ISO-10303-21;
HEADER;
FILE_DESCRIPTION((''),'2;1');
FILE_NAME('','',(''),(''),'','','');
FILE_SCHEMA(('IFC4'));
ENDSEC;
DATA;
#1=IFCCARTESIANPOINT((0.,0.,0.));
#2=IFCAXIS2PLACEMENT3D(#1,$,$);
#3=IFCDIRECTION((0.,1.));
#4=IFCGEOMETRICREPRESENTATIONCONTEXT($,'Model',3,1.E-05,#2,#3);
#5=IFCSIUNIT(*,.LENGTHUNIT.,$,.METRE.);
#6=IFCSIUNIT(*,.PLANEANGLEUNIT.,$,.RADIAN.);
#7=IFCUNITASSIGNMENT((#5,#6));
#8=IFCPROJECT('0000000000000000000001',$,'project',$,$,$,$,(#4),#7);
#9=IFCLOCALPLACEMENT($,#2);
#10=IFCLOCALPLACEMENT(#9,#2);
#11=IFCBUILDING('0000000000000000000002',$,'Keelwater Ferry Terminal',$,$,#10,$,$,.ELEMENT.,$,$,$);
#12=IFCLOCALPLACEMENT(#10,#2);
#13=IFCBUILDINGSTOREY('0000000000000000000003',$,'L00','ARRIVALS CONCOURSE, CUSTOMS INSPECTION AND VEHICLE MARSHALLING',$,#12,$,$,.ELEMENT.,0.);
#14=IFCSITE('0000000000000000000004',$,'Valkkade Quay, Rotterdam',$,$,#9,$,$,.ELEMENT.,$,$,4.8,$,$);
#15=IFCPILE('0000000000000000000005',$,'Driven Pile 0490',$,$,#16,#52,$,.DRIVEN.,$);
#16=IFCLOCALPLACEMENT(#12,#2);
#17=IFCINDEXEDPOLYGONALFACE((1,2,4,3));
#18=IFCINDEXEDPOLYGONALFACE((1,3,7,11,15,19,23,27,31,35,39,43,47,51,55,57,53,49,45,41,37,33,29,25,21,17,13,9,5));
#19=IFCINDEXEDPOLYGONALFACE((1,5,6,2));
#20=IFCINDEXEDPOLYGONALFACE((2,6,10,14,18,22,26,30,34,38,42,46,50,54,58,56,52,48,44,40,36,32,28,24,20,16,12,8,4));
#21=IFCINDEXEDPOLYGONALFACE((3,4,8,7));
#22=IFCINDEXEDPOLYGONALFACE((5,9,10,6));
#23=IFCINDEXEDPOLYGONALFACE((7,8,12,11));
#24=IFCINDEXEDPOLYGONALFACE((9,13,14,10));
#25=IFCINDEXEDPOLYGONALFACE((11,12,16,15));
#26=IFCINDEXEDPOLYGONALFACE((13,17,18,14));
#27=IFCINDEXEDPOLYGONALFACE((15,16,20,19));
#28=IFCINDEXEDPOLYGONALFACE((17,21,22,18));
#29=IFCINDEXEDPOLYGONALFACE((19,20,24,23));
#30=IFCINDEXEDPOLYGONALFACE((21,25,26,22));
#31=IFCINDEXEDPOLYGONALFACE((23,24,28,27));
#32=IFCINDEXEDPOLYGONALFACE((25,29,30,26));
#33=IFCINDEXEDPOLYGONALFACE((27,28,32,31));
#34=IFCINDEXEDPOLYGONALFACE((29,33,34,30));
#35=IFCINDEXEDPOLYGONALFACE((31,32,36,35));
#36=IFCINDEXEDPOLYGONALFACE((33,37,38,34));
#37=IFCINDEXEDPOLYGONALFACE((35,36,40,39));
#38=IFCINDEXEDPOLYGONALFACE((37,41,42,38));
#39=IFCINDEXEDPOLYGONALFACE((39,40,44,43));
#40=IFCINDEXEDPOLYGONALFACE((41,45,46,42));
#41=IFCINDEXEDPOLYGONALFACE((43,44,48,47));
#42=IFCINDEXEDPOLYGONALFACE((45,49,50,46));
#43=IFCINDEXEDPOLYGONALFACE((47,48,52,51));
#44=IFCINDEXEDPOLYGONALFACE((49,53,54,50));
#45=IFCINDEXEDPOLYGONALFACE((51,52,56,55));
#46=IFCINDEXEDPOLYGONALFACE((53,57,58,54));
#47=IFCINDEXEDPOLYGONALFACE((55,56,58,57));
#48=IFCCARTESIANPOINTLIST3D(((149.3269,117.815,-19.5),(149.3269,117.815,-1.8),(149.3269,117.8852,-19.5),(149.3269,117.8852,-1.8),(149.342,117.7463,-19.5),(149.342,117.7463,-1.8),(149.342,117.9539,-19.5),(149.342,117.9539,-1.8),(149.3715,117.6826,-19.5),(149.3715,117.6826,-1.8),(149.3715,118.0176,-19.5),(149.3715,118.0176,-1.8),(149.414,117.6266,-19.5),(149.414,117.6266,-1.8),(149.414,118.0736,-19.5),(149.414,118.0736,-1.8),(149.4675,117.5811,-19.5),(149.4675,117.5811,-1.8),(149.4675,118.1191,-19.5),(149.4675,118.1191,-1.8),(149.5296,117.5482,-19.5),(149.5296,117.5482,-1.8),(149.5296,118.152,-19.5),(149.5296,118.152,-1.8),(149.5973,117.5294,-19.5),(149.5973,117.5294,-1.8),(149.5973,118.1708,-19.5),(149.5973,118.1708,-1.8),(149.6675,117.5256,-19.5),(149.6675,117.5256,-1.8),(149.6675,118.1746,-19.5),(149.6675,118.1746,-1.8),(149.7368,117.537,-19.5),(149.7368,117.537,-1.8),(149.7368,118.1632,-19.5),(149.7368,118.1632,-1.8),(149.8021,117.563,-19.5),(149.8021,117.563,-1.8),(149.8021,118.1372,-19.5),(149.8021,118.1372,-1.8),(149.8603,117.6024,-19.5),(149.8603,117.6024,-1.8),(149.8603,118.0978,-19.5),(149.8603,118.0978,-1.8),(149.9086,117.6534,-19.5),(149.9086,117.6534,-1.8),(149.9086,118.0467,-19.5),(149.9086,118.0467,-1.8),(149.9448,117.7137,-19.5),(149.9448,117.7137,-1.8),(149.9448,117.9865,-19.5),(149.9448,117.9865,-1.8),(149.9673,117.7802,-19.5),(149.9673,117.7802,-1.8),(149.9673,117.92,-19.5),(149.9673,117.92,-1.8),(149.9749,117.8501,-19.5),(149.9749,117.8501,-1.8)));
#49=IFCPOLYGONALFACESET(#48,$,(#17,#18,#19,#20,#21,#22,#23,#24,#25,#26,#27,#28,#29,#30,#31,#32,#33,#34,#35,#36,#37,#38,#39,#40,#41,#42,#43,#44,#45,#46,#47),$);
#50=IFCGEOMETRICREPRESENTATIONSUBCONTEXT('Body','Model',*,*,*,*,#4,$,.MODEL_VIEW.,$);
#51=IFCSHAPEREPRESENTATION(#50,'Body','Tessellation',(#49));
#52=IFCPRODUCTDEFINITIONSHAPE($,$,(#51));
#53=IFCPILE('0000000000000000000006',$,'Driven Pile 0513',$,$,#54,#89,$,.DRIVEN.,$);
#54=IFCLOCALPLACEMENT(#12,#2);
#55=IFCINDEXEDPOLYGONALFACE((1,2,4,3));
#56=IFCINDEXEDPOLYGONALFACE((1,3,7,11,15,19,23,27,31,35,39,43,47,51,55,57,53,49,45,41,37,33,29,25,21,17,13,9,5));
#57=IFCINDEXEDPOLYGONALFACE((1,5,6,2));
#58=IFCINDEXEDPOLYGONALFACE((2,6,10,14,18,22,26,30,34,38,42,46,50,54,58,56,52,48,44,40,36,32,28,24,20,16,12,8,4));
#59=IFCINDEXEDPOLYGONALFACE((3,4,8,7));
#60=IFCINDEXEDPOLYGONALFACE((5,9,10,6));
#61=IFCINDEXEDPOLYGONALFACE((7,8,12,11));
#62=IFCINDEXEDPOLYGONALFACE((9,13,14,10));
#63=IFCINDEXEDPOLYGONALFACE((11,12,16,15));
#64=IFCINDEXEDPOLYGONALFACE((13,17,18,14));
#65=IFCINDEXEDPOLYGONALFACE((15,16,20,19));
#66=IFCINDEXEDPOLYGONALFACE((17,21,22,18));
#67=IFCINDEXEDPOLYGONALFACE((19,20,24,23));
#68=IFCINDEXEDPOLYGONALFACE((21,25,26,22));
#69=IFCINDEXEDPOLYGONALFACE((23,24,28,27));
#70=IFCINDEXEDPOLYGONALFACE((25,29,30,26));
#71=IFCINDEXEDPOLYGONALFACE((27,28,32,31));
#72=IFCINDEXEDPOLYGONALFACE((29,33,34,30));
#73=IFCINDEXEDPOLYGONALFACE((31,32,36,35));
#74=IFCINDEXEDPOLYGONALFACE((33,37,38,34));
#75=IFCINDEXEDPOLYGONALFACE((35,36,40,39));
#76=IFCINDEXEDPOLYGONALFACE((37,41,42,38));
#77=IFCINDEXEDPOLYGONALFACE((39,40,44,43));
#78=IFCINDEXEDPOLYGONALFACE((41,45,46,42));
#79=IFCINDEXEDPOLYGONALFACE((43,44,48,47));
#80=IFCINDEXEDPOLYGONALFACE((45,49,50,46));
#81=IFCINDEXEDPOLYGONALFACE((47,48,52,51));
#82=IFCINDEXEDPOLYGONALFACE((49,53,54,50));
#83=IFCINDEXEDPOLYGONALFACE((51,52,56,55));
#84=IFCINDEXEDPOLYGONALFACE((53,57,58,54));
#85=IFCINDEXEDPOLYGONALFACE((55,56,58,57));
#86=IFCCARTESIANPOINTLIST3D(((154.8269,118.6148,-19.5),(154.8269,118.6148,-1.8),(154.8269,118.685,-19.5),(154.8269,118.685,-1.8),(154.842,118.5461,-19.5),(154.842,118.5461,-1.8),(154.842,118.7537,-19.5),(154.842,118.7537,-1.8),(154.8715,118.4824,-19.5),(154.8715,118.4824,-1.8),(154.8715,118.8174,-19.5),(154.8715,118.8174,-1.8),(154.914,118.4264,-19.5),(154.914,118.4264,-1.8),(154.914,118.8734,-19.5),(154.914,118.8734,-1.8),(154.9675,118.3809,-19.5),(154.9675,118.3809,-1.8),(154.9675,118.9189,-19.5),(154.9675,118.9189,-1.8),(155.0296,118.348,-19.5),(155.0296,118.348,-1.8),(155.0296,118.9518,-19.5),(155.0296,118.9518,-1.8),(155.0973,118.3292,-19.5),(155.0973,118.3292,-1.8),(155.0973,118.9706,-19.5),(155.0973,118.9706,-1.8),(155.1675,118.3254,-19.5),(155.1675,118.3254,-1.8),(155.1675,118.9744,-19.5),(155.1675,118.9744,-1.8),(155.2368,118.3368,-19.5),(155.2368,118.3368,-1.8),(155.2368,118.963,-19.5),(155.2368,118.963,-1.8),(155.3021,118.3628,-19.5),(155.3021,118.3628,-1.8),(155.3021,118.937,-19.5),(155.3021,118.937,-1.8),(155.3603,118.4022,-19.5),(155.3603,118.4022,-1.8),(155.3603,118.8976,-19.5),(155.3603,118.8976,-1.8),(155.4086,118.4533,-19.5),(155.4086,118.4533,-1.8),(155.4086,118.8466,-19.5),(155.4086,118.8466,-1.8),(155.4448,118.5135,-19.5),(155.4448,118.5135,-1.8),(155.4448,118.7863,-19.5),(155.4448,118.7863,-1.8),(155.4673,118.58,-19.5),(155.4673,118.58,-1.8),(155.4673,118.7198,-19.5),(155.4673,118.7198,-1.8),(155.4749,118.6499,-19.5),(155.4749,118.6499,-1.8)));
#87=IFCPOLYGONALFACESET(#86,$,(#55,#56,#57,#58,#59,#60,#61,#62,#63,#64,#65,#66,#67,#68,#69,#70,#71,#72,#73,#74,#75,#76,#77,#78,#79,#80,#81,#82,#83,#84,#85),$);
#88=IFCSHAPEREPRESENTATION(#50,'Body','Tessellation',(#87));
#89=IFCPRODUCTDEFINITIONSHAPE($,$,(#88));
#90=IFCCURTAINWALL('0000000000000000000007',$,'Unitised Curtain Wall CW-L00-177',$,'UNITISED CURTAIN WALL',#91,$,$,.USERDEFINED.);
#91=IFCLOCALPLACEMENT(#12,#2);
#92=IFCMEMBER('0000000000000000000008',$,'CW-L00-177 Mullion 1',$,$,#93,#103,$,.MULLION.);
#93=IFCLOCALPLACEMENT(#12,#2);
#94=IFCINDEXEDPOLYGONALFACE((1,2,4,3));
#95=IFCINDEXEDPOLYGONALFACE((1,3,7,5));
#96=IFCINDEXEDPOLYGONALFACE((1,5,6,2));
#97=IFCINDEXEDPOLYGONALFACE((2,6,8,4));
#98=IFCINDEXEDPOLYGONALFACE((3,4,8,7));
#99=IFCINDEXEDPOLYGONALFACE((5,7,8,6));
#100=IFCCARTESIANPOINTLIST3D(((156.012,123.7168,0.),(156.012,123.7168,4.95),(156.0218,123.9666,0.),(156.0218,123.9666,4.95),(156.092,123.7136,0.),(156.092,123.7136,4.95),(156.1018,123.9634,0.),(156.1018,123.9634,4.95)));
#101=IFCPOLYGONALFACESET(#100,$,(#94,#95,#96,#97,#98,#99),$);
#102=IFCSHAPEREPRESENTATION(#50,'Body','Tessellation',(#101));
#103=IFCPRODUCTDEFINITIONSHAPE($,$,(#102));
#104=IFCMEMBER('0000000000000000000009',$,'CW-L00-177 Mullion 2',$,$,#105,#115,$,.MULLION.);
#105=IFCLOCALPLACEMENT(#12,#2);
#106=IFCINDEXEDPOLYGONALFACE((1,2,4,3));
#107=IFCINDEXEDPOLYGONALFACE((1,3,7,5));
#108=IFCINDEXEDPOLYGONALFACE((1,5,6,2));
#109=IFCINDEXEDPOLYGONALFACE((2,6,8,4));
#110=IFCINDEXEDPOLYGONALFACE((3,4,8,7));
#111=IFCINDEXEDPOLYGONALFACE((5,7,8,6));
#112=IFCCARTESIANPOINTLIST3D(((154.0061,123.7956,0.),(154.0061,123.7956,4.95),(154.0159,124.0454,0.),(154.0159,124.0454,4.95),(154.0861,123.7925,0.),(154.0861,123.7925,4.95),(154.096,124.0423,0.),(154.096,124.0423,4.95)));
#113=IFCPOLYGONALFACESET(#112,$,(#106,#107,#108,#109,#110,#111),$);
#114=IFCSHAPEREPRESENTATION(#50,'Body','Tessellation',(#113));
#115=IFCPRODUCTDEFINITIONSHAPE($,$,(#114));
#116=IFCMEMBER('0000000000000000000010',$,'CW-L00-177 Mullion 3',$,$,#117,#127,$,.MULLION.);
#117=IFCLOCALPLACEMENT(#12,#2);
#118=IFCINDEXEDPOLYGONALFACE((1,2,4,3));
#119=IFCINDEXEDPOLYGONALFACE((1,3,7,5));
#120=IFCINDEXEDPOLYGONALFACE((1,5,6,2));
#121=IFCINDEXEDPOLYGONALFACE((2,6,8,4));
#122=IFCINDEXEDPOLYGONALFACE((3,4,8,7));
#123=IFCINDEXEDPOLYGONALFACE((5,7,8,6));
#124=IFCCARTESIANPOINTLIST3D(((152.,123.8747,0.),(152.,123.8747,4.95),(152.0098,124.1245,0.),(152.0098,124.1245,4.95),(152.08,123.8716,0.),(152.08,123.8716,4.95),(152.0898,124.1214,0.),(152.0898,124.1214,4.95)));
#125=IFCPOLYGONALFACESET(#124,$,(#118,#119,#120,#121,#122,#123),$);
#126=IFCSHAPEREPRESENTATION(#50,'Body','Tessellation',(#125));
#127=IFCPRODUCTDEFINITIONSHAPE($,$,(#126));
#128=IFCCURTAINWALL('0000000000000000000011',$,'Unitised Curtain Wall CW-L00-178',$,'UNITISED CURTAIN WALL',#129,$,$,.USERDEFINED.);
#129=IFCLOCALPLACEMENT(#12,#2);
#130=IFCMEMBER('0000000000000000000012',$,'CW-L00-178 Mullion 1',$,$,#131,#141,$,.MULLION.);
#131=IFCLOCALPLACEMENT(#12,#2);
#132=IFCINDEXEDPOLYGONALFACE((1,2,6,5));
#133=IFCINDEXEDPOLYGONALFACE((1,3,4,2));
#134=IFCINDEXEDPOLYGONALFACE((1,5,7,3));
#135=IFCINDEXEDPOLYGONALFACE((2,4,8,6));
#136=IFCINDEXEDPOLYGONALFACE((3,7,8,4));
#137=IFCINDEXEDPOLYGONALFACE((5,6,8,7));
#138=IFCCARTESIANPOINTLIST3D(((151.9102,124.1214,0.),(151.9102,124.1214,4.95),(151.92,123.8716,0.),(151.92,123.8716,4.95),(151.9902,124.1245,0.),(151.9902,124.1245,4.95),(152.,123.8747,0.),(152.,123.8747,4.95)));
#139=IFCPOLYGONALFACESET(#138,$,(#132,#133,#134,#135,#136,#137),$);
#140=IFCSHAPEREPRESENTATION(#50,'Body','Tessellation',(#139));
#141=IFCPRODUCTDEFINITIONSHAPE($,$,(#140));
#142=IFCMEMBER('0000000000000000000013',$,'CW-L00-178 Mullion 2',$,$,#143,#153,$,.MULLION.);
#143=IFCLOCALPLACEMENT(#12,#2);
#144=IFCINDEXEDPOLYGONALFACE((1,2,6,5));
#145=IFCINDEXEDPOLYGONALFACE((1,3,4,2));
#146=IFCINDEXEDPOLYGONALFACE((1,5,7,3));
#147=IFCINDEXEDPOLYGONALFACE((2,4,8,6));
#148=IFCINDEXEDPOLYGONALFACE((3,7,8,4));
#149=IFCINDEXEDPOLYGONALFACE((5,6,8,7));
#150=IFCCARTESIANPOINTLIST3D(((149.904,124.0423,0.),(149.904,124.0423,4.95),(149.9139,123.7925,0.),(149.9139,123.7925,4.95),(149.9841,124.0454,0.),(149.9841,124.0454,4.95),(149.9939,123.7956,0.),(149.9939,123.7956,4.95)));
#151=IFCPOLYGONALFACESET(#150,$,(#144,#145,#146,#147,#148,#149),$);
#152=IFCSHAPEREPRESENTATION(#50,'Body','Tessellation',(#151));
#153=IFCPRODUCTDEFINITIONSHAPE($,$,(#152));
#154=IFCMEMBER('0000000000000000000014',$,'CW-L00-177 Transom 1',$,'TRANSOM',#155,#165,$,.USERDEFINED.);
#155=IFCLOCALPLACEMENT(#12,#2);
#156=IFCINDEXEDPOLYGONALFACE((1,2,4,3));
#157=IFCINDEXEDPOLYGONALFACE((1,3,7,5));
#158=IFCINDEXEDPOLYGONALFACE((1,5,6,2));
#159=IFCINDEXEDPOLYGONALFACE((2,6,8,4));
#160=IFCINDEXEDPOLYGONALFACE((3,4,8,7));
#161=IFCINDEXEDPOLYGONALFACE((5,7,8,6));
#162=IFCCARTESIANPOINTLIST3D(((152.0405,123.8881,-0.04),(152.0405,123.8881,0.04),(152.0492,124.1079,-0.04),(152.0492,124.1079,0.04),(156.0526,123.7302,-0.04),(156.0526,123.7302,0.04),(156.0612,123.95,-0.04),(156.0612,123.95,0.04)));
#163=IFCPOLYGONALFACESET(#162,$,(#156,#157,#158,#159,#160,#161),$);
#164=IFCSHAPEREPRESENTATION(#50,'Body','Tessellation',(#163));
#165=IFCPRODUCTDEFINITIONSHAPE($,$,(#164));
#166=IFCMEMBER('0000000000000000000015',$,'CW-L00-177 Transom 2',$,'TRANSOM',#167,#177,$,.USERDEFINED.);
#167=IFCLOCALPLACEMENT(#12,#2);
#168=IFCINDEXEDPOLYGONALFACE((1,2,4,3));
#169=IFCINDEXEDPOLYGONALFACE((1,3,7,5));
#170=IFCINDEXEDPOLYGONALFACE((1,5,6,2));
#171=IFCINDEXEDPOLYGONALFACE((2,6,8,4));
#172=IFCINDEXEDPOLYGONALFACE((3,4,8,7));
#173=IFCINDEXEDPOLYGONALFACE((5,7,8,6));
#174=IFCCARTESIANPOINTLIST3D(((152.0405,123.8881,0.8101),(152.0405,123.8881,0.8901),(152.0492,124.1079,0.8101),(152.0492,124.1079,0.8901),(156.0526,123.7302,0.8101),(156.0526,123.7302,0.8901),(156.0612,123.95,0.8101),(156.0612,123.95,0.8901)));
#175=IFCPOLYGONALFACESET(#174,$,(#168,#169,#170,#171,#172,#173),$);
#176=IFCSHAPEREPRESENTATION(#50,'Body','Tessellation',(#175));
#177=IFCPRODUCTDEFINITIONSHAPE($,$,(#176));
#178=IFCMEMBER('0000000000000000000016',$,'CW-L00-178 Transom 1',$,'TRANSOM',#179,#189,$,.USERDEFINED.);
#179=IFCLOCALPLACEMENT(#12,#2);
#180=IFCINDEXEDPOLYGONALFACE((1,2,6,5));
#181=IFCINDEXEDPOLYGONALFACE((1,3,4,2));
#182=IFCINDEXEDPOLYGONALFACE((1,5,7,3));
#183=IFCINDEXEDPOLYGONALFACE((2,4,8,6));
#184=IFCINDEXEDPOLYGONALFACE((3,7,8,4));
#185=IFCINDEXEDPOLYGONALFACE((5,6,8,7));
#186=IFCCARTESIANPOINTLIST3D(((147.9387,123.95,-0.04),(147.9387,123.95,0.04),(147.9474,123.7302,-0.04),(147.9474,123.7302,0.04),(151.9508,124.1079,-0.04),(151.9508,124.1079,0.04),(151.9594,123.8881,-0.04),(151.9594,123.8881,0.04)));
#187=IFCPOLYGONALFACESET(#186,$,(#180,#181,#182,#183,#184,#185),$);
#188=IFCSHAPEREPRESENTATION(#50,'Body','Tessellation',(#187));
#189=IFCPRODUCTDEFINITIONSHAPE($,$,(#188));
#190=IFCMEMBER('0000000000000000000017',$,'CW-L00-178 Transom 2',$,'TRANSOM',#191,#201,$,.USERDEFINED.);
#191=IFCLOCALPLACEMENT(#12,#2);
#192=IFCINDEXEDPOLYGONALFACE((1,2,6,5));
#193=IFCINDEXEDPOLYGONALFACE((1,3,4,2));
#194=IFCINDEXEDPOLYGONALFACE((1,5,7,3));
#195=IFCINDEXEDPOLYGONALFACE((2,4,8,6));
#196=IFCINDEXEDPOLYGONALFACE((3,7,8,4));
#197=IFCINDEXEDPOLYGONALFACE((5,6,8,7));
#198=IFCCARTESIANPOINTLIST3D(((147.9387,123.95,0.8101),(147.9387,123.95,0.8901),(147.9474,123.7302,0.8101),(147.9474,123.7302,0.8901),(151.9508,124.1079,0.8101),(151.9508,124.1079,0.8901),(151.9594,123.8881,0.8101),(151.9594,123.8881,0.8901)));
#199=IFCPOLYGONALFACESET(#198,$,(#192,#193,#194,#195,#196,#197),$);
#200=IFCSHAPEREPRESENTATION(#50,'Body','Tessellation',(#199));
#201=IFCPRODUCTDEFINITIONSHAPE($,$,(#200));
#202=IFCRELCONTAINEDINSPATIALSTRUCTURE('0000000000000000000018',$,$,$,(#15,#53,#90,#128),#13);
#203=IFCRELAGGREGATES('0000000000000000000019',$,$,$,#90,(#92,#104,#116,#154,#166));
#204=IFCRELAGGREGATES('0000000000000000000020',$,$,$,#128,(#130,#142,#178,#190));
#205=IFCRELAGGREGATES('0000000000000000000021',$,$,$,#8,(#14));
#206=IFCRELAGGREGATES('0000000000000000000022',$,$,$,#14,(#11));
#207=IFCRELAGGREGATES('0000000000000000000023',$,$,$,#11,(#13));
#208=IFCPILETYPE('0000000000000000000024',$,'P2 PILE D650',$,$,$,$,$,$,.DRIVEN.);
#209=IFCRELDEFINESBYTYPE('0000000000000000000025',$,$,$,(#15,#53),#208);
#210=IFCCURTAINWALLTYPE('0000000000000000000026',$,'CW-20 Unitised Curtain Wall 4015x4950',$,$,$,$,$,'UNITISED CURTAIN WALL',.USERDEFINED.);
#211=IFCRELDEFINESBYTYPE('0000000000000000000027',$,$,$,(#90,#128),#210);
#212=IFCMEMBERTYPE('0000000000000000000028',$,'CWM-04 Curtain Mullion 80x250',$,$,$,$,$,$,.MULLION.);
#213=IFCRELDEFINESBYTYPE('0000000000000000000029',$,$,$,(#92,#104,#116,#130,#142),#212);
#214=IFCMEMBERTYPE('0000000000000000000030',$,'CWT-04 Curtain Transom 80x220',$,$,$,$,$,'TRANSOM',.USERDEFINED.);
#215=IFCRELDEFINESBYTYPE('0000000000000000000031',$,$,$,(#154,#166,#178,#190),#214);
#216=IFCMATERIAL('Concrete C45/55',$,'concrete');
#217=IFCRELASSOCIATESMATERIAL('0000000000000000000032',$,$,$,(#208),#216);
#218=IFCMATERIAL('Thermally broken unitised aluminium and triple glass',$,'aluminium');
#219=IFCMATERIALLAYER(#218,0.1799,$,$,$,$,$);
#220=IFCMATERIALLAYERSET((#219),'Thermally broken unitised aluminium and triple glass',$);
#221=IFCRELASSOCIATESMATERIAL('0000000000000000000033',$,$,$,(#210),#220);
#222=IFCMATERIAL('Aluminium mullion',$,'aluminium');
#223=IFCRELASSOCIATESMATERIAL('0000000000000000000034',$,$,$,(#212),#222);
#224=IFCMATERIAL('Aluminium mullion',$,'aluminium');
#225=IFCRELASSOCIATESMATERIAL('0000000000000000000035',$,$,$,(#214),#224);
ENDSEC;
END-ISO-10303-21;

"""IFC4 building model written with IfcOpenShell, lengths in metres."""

from ifc_helpers import new_model, si_unit, direction, frame, origin, origin_2d, place, context, subcontext, project, spatial, rectangle, circle, extrude, material, layer, layer_set, material_profile, profile_set, type_object, element, aggregate, save


model = new_model("IFC4")

# Units and contexts
model_context = context("Model", 3, precision=1e-05, world=origin(), true_north=direction((0.0, 1.0)))
body_context = subcontext(model_context, "Body", "Model", "MODEL_VIEW")
ifc_project = project(units=[si_unit("LENGTHUNIT", "METRE"), si_unit("PLANEANGLEUNIT", "RADIAN")], contexts=[model_context])

# Site, building, storey
site_placement = place(None, origin())
site = spatial("IfcSite", under=ifc_project, at=site_placement, Name="Valkkade Quay, Rotterdam", CompositionType="ELEMENT", RefElevation=4.8)
building_placement = place(site_placement, origin())
building = spatial("IfcBuilding", under=site, at=building_placement, Name="Keelwater Ferry Terminal", CompositionType="ELEMENT")
storey_placement = place(building_placement, origin())
storey = spatial("IfcBuildingStorey", under=building, at=storey_placement, Name="L00", Description="ARRIVALS CONCOURSE, CUSTOMS INSPECTION AND VEHICLE MARSHALLING", CompositionType="ELEMENT", Elevation=0.0)

# Piles
ifc_material_1 = material(Name="Concrete C45/55", Category="concrete")
ifc_material_profile_1 = material_profile(ifc_material_1, circle(Radius=0.325, at=origin_2d()), Name="PILE D650")
ifc_profile_set_1 = profile_set([ifc_material_profile_1], Name="Concrete C45/55")
pile_type = type_object("IfcPileType", Name="P2 PILE D650", PredefinedType="DRIVEN", material=ifc_profile_set_1)
for number, where, z_axis, x_axis, name in (
    (1, (149.6499, 117.8501, -1.8), (0.0, 0.0, -1.0), (1.0, 0.0, 0.0), "Driven Pile 0490"),
    (2, (155.1499, 118.6499, -1.8), (0.0, 0.0, -1.0), (1.0, 0.0, 0.0), "Driven Pile 0513"),
):
    element("IfcPile", number, at=place(storey_placement, frame(where, z_axis=z_axis, x_axis=x_axis)), inside=storey, type_object=pile_type, Name=name, PredefinedType="DRIVEN", context=body_context, shape_type="SweptSolid", body=[
        extrude(circle(Radius=0.325, at=origin_2d()), origin(), (0.0, 0.0, 1.0), 17.7),
    ])

# Curtain walls, members
ifc_material_2 = material(Name="Thermally broken unitised aluminium and triple glass", Category="aluminium")
ifc_layer_1 = layer(ifc_material_2, 0.1799)
ifc_layer_set_1 = layer_set([ifc_layer_1], Name="Thermally broken unitised aluminium and triple glass")
curtain_wall_type = type_object("IfcCurtainWallType", Name="CW-20 Unitised Curtain Wall 4015x4950", ElementType="UNITISED CURTAIN WALL", PredefinedType="USERDEFINED", material=ifc_layer_set_1)
curtain_wall_1_placement = place(storey_placement, origin())
curtain_wall_1 = element("IfcCurtainWall", 3, at=curtain_wall_1_placement, inside=storey, type_object=curtain_wall_type, Name="Unitised Curtain Wall CW-L00-177", ObjectType="UNITISED CURTAIN WALL", PredefinedType="USERDEFINED")
ifc_material_3 = material(Name="Aluminium mullion", Category="aluminium")
ifc_material_profile_2 = material_profile(ifc_material_3, rectangle(XDim=0.0801, YDim=0.25, at=origin_2d()), Name="CWM-04")
ifc_profile_set_2 = profile_set([ifc_material_profile_2], Name="Aluminium mullion")
member_type_1 = type_object("IfcMemberType", Name="CWM-04 Curtain Mullion 80x250", PredefinedType="MULLION", material=ifc_profile_set_2)
member_1_placement = place(storey_placement, frame((156.0569, 123.8401, 0.0), z_axis=(0.0, 0.0, 1.0), x_axis=(-0.999225, 0.039351, 0.0)))
member_1 = element("IfcMember", 4, at=member_1_placement, type_object=member_type_1, Name="CW-L00-177 Mullion 1", PredefinedType="MULLION", context=body_context, shape_type="SweptSolid", body=[
    extrude(rectangle(XDim=0.0801, YDim=0.25, at=origin_2d()), origin(), (0.0, 0.0, 1.0), 4.95),
])
member_2_placement = place(storey_placement, frame((154.051, 123.9189, 0.0), z_axis=(0.0, 0.0, 1.0), x_axis=(-0.999225, 0.039351, 0.0)))
member_2 = element("IfcMember", 5, at=member_2_placement, type_object=member_type_1, Name="CW-L00-177 Mullion 2", PredefinedType="MULLION", context=body_context, shape_type="SweptSolid", body=[
    extrude(rectangle(XDim=0.0801, YDim=0.25, at=origin_2d()), origin(), (0.0, 0.0, 1.0), 4.95),
])
member_3_placement = place(storey_placement, frame((152.0449, 123.998, 0.0), z_axis=(0.0, 0.0, 1.0), x_axis=(-0.999225, 0.039351, 0.0)))
member_3 = element("IfcMember", 6, at=member_3_placement, type_object=member_type_1, Name="CW-L00-177 Mullion 3", PredefinedType="MULLION", context=body_context, shape_type="SweptSolid", body=[
    extrude(rectangle(XDim=0.0801, YDim=0.25, at=origin_2d()), origin(), (0.0, 0.0, 1.0), 4.95),
])
curtain_wall_2_placement = place(storey_placement, origin())
curtain_wall_2 = element("IfcCurtainWall", 7, at=curtain_wall_2_placement, inside=storey, type_object=curtain_wall_type, Name="Unitised Curtain Wall CW-L00-178", ObjectType="UNITISED CURTAIN WALL", PredefinedType="USERDEFINED")
member_4_placement = place(storey_placement, frame((151.9551, 123.998, 0.0), z_axis=(0.0, 0.0, 1.0), x_axis=(-0.999225, -0.039351, 0.0)))
member_4 = element("IfcMember", 8, at=member_4_placement, type_object=member_type_1, Name="CW-L00-178 Mullion 1", PredefinedType="MULLION", context=body_context, shape_type="SweptSolid", body=[
    extrude(rectangle(XDim=0.0801, YDim=0.25, at=origin_2d()), origin(), (0.0, 0.0, 1.0), 4.95),
])
member_5_placement = place(storey_placement, frame((149.949, 123.9189, 0.0), z_axis=(0.0, 0.0, 1.0), x_axis=(-0.999225, -0.039351, 0.0)))
member_5 = element("IfcMember", 9, at=member_5_placement, type_object=member_type_1, Name="CW-L00-178 Mullion 2", PredefinedType="MULLION", context=body_context, shape_type="SweptSolid", body=[
    extrude(rectangle(XDim=0.0801, YDim=0.25, at=origin_2d()), origin(), (0.0, 0.0, 1.0), 4.95),
])

# Members
ifc_material_4 = material(Name="Aluminium mullion", Category="aluminium")
ifc_material_profile_3 = material_profile(ifc_material_4, rectangle(XDim=0.22, YDim=0.0801, at=origin_2d()), Name="CWT-04")
ifc_profile_set_3 = profile_set([ifc_material_profile_3], Name="Aluminium mullion")
member_type_2 = type_object("IfcMemberType", Name="CWT-04 Curtain Transom 80x220", ElementType="TRANSOM", PredefinedType="USERDEFINED", material=ifc_profile_set_3)
member_6_placement = place(storey_placement, frame((156.0569, 123.8401, 0.0), z_axis=(-0.999226, 0.039342, 0.0), x_axis=(-0.039342, -0.999226, 0.0)))
member_6 = element("IfcMember", 10, at=member_6_placement, type_object=member_type_2, Name="CW-L00-177 Transom 1", ObjectType="TRANSOM", PredefinedType="USERDEFINED", context=body_context, shape_type="SweptSolid", body=[
    extrude(rectangle(XDim=0.22, YDim=0.0801, at=origin_2d()), origin(), (0.0, 0.0, 1.0), 4.0151),
])
member_7_placement = place(storey_placement, frame((156.0569, 123.8401, 0.8501), z_axis=(-0.999226, 0.039342, 0.0), x_axis=(-0.039342, -0.999226, 0.0)))
member_7 = element("IfcMember", 11, at=member_7_placement, type_object=member_type_2, Name="CW-L00-177 Transom 2", ObjectType="TRANSOM", PredefinedType="USERDEFINED", context=body_context, shape_type="SweptSolid", body=[
    extrude(rectangle(XDim=0.22, YDim=0.0801, at=origin_2d()), origin(), (0.0, 0.0, 1.0), 4.0151),
])
member_8_placement = place(storey_placement, frame((151.9551, 123.998, 0.0), z_axis=(-0.999226, -0.039342, 0.0), x_axis=(0.039342, -0.999226, 0.0)))
member_8 = element("IfcMember", 12, at=member_8_placement, type_object=member_type_2, Name="CW-L00-178 Transom 1", ObjectType="TRANSOM", PredefinedType="USERDEFINED", context=body_context, shape_type="SweptSolid", body=[
    extrude(rectangle(XDim=0.22, YDim=0.0801, at=origin_2d()), origin(), (0.0, 0.0, 1.0), 4.0151),
])
member_9_placement = place(storey_placement, frame((151.9551, 123.998, 0.8501), z_axis=(-0.999226, -0.039342, 0.0), x_axis=(0.039342, -0.999226, 0.0)))
member_9 = element("IfcMember", 13, at=member_9_placement, type_object=member_type_2, Name="CW-L00-178 Transom 2", ObjectType="TRANSOM", PredefinedType="USERDEFINED", context=body_context, shape_type="SweptSolid", body=[
    extrude(rectangle(XDim=0.22, YDim=0.0801, at=origin_2d()), origin(), (0.0, 0.0, 1.0), 4.0151),
])

aggregate(curtain_wall_1, [member_1, member_2, member_3, member_6, member_7])
aggregate(curtain_wall_2, [member_4, member_5, member_8, member_9])

save(model, "model.ifc")
